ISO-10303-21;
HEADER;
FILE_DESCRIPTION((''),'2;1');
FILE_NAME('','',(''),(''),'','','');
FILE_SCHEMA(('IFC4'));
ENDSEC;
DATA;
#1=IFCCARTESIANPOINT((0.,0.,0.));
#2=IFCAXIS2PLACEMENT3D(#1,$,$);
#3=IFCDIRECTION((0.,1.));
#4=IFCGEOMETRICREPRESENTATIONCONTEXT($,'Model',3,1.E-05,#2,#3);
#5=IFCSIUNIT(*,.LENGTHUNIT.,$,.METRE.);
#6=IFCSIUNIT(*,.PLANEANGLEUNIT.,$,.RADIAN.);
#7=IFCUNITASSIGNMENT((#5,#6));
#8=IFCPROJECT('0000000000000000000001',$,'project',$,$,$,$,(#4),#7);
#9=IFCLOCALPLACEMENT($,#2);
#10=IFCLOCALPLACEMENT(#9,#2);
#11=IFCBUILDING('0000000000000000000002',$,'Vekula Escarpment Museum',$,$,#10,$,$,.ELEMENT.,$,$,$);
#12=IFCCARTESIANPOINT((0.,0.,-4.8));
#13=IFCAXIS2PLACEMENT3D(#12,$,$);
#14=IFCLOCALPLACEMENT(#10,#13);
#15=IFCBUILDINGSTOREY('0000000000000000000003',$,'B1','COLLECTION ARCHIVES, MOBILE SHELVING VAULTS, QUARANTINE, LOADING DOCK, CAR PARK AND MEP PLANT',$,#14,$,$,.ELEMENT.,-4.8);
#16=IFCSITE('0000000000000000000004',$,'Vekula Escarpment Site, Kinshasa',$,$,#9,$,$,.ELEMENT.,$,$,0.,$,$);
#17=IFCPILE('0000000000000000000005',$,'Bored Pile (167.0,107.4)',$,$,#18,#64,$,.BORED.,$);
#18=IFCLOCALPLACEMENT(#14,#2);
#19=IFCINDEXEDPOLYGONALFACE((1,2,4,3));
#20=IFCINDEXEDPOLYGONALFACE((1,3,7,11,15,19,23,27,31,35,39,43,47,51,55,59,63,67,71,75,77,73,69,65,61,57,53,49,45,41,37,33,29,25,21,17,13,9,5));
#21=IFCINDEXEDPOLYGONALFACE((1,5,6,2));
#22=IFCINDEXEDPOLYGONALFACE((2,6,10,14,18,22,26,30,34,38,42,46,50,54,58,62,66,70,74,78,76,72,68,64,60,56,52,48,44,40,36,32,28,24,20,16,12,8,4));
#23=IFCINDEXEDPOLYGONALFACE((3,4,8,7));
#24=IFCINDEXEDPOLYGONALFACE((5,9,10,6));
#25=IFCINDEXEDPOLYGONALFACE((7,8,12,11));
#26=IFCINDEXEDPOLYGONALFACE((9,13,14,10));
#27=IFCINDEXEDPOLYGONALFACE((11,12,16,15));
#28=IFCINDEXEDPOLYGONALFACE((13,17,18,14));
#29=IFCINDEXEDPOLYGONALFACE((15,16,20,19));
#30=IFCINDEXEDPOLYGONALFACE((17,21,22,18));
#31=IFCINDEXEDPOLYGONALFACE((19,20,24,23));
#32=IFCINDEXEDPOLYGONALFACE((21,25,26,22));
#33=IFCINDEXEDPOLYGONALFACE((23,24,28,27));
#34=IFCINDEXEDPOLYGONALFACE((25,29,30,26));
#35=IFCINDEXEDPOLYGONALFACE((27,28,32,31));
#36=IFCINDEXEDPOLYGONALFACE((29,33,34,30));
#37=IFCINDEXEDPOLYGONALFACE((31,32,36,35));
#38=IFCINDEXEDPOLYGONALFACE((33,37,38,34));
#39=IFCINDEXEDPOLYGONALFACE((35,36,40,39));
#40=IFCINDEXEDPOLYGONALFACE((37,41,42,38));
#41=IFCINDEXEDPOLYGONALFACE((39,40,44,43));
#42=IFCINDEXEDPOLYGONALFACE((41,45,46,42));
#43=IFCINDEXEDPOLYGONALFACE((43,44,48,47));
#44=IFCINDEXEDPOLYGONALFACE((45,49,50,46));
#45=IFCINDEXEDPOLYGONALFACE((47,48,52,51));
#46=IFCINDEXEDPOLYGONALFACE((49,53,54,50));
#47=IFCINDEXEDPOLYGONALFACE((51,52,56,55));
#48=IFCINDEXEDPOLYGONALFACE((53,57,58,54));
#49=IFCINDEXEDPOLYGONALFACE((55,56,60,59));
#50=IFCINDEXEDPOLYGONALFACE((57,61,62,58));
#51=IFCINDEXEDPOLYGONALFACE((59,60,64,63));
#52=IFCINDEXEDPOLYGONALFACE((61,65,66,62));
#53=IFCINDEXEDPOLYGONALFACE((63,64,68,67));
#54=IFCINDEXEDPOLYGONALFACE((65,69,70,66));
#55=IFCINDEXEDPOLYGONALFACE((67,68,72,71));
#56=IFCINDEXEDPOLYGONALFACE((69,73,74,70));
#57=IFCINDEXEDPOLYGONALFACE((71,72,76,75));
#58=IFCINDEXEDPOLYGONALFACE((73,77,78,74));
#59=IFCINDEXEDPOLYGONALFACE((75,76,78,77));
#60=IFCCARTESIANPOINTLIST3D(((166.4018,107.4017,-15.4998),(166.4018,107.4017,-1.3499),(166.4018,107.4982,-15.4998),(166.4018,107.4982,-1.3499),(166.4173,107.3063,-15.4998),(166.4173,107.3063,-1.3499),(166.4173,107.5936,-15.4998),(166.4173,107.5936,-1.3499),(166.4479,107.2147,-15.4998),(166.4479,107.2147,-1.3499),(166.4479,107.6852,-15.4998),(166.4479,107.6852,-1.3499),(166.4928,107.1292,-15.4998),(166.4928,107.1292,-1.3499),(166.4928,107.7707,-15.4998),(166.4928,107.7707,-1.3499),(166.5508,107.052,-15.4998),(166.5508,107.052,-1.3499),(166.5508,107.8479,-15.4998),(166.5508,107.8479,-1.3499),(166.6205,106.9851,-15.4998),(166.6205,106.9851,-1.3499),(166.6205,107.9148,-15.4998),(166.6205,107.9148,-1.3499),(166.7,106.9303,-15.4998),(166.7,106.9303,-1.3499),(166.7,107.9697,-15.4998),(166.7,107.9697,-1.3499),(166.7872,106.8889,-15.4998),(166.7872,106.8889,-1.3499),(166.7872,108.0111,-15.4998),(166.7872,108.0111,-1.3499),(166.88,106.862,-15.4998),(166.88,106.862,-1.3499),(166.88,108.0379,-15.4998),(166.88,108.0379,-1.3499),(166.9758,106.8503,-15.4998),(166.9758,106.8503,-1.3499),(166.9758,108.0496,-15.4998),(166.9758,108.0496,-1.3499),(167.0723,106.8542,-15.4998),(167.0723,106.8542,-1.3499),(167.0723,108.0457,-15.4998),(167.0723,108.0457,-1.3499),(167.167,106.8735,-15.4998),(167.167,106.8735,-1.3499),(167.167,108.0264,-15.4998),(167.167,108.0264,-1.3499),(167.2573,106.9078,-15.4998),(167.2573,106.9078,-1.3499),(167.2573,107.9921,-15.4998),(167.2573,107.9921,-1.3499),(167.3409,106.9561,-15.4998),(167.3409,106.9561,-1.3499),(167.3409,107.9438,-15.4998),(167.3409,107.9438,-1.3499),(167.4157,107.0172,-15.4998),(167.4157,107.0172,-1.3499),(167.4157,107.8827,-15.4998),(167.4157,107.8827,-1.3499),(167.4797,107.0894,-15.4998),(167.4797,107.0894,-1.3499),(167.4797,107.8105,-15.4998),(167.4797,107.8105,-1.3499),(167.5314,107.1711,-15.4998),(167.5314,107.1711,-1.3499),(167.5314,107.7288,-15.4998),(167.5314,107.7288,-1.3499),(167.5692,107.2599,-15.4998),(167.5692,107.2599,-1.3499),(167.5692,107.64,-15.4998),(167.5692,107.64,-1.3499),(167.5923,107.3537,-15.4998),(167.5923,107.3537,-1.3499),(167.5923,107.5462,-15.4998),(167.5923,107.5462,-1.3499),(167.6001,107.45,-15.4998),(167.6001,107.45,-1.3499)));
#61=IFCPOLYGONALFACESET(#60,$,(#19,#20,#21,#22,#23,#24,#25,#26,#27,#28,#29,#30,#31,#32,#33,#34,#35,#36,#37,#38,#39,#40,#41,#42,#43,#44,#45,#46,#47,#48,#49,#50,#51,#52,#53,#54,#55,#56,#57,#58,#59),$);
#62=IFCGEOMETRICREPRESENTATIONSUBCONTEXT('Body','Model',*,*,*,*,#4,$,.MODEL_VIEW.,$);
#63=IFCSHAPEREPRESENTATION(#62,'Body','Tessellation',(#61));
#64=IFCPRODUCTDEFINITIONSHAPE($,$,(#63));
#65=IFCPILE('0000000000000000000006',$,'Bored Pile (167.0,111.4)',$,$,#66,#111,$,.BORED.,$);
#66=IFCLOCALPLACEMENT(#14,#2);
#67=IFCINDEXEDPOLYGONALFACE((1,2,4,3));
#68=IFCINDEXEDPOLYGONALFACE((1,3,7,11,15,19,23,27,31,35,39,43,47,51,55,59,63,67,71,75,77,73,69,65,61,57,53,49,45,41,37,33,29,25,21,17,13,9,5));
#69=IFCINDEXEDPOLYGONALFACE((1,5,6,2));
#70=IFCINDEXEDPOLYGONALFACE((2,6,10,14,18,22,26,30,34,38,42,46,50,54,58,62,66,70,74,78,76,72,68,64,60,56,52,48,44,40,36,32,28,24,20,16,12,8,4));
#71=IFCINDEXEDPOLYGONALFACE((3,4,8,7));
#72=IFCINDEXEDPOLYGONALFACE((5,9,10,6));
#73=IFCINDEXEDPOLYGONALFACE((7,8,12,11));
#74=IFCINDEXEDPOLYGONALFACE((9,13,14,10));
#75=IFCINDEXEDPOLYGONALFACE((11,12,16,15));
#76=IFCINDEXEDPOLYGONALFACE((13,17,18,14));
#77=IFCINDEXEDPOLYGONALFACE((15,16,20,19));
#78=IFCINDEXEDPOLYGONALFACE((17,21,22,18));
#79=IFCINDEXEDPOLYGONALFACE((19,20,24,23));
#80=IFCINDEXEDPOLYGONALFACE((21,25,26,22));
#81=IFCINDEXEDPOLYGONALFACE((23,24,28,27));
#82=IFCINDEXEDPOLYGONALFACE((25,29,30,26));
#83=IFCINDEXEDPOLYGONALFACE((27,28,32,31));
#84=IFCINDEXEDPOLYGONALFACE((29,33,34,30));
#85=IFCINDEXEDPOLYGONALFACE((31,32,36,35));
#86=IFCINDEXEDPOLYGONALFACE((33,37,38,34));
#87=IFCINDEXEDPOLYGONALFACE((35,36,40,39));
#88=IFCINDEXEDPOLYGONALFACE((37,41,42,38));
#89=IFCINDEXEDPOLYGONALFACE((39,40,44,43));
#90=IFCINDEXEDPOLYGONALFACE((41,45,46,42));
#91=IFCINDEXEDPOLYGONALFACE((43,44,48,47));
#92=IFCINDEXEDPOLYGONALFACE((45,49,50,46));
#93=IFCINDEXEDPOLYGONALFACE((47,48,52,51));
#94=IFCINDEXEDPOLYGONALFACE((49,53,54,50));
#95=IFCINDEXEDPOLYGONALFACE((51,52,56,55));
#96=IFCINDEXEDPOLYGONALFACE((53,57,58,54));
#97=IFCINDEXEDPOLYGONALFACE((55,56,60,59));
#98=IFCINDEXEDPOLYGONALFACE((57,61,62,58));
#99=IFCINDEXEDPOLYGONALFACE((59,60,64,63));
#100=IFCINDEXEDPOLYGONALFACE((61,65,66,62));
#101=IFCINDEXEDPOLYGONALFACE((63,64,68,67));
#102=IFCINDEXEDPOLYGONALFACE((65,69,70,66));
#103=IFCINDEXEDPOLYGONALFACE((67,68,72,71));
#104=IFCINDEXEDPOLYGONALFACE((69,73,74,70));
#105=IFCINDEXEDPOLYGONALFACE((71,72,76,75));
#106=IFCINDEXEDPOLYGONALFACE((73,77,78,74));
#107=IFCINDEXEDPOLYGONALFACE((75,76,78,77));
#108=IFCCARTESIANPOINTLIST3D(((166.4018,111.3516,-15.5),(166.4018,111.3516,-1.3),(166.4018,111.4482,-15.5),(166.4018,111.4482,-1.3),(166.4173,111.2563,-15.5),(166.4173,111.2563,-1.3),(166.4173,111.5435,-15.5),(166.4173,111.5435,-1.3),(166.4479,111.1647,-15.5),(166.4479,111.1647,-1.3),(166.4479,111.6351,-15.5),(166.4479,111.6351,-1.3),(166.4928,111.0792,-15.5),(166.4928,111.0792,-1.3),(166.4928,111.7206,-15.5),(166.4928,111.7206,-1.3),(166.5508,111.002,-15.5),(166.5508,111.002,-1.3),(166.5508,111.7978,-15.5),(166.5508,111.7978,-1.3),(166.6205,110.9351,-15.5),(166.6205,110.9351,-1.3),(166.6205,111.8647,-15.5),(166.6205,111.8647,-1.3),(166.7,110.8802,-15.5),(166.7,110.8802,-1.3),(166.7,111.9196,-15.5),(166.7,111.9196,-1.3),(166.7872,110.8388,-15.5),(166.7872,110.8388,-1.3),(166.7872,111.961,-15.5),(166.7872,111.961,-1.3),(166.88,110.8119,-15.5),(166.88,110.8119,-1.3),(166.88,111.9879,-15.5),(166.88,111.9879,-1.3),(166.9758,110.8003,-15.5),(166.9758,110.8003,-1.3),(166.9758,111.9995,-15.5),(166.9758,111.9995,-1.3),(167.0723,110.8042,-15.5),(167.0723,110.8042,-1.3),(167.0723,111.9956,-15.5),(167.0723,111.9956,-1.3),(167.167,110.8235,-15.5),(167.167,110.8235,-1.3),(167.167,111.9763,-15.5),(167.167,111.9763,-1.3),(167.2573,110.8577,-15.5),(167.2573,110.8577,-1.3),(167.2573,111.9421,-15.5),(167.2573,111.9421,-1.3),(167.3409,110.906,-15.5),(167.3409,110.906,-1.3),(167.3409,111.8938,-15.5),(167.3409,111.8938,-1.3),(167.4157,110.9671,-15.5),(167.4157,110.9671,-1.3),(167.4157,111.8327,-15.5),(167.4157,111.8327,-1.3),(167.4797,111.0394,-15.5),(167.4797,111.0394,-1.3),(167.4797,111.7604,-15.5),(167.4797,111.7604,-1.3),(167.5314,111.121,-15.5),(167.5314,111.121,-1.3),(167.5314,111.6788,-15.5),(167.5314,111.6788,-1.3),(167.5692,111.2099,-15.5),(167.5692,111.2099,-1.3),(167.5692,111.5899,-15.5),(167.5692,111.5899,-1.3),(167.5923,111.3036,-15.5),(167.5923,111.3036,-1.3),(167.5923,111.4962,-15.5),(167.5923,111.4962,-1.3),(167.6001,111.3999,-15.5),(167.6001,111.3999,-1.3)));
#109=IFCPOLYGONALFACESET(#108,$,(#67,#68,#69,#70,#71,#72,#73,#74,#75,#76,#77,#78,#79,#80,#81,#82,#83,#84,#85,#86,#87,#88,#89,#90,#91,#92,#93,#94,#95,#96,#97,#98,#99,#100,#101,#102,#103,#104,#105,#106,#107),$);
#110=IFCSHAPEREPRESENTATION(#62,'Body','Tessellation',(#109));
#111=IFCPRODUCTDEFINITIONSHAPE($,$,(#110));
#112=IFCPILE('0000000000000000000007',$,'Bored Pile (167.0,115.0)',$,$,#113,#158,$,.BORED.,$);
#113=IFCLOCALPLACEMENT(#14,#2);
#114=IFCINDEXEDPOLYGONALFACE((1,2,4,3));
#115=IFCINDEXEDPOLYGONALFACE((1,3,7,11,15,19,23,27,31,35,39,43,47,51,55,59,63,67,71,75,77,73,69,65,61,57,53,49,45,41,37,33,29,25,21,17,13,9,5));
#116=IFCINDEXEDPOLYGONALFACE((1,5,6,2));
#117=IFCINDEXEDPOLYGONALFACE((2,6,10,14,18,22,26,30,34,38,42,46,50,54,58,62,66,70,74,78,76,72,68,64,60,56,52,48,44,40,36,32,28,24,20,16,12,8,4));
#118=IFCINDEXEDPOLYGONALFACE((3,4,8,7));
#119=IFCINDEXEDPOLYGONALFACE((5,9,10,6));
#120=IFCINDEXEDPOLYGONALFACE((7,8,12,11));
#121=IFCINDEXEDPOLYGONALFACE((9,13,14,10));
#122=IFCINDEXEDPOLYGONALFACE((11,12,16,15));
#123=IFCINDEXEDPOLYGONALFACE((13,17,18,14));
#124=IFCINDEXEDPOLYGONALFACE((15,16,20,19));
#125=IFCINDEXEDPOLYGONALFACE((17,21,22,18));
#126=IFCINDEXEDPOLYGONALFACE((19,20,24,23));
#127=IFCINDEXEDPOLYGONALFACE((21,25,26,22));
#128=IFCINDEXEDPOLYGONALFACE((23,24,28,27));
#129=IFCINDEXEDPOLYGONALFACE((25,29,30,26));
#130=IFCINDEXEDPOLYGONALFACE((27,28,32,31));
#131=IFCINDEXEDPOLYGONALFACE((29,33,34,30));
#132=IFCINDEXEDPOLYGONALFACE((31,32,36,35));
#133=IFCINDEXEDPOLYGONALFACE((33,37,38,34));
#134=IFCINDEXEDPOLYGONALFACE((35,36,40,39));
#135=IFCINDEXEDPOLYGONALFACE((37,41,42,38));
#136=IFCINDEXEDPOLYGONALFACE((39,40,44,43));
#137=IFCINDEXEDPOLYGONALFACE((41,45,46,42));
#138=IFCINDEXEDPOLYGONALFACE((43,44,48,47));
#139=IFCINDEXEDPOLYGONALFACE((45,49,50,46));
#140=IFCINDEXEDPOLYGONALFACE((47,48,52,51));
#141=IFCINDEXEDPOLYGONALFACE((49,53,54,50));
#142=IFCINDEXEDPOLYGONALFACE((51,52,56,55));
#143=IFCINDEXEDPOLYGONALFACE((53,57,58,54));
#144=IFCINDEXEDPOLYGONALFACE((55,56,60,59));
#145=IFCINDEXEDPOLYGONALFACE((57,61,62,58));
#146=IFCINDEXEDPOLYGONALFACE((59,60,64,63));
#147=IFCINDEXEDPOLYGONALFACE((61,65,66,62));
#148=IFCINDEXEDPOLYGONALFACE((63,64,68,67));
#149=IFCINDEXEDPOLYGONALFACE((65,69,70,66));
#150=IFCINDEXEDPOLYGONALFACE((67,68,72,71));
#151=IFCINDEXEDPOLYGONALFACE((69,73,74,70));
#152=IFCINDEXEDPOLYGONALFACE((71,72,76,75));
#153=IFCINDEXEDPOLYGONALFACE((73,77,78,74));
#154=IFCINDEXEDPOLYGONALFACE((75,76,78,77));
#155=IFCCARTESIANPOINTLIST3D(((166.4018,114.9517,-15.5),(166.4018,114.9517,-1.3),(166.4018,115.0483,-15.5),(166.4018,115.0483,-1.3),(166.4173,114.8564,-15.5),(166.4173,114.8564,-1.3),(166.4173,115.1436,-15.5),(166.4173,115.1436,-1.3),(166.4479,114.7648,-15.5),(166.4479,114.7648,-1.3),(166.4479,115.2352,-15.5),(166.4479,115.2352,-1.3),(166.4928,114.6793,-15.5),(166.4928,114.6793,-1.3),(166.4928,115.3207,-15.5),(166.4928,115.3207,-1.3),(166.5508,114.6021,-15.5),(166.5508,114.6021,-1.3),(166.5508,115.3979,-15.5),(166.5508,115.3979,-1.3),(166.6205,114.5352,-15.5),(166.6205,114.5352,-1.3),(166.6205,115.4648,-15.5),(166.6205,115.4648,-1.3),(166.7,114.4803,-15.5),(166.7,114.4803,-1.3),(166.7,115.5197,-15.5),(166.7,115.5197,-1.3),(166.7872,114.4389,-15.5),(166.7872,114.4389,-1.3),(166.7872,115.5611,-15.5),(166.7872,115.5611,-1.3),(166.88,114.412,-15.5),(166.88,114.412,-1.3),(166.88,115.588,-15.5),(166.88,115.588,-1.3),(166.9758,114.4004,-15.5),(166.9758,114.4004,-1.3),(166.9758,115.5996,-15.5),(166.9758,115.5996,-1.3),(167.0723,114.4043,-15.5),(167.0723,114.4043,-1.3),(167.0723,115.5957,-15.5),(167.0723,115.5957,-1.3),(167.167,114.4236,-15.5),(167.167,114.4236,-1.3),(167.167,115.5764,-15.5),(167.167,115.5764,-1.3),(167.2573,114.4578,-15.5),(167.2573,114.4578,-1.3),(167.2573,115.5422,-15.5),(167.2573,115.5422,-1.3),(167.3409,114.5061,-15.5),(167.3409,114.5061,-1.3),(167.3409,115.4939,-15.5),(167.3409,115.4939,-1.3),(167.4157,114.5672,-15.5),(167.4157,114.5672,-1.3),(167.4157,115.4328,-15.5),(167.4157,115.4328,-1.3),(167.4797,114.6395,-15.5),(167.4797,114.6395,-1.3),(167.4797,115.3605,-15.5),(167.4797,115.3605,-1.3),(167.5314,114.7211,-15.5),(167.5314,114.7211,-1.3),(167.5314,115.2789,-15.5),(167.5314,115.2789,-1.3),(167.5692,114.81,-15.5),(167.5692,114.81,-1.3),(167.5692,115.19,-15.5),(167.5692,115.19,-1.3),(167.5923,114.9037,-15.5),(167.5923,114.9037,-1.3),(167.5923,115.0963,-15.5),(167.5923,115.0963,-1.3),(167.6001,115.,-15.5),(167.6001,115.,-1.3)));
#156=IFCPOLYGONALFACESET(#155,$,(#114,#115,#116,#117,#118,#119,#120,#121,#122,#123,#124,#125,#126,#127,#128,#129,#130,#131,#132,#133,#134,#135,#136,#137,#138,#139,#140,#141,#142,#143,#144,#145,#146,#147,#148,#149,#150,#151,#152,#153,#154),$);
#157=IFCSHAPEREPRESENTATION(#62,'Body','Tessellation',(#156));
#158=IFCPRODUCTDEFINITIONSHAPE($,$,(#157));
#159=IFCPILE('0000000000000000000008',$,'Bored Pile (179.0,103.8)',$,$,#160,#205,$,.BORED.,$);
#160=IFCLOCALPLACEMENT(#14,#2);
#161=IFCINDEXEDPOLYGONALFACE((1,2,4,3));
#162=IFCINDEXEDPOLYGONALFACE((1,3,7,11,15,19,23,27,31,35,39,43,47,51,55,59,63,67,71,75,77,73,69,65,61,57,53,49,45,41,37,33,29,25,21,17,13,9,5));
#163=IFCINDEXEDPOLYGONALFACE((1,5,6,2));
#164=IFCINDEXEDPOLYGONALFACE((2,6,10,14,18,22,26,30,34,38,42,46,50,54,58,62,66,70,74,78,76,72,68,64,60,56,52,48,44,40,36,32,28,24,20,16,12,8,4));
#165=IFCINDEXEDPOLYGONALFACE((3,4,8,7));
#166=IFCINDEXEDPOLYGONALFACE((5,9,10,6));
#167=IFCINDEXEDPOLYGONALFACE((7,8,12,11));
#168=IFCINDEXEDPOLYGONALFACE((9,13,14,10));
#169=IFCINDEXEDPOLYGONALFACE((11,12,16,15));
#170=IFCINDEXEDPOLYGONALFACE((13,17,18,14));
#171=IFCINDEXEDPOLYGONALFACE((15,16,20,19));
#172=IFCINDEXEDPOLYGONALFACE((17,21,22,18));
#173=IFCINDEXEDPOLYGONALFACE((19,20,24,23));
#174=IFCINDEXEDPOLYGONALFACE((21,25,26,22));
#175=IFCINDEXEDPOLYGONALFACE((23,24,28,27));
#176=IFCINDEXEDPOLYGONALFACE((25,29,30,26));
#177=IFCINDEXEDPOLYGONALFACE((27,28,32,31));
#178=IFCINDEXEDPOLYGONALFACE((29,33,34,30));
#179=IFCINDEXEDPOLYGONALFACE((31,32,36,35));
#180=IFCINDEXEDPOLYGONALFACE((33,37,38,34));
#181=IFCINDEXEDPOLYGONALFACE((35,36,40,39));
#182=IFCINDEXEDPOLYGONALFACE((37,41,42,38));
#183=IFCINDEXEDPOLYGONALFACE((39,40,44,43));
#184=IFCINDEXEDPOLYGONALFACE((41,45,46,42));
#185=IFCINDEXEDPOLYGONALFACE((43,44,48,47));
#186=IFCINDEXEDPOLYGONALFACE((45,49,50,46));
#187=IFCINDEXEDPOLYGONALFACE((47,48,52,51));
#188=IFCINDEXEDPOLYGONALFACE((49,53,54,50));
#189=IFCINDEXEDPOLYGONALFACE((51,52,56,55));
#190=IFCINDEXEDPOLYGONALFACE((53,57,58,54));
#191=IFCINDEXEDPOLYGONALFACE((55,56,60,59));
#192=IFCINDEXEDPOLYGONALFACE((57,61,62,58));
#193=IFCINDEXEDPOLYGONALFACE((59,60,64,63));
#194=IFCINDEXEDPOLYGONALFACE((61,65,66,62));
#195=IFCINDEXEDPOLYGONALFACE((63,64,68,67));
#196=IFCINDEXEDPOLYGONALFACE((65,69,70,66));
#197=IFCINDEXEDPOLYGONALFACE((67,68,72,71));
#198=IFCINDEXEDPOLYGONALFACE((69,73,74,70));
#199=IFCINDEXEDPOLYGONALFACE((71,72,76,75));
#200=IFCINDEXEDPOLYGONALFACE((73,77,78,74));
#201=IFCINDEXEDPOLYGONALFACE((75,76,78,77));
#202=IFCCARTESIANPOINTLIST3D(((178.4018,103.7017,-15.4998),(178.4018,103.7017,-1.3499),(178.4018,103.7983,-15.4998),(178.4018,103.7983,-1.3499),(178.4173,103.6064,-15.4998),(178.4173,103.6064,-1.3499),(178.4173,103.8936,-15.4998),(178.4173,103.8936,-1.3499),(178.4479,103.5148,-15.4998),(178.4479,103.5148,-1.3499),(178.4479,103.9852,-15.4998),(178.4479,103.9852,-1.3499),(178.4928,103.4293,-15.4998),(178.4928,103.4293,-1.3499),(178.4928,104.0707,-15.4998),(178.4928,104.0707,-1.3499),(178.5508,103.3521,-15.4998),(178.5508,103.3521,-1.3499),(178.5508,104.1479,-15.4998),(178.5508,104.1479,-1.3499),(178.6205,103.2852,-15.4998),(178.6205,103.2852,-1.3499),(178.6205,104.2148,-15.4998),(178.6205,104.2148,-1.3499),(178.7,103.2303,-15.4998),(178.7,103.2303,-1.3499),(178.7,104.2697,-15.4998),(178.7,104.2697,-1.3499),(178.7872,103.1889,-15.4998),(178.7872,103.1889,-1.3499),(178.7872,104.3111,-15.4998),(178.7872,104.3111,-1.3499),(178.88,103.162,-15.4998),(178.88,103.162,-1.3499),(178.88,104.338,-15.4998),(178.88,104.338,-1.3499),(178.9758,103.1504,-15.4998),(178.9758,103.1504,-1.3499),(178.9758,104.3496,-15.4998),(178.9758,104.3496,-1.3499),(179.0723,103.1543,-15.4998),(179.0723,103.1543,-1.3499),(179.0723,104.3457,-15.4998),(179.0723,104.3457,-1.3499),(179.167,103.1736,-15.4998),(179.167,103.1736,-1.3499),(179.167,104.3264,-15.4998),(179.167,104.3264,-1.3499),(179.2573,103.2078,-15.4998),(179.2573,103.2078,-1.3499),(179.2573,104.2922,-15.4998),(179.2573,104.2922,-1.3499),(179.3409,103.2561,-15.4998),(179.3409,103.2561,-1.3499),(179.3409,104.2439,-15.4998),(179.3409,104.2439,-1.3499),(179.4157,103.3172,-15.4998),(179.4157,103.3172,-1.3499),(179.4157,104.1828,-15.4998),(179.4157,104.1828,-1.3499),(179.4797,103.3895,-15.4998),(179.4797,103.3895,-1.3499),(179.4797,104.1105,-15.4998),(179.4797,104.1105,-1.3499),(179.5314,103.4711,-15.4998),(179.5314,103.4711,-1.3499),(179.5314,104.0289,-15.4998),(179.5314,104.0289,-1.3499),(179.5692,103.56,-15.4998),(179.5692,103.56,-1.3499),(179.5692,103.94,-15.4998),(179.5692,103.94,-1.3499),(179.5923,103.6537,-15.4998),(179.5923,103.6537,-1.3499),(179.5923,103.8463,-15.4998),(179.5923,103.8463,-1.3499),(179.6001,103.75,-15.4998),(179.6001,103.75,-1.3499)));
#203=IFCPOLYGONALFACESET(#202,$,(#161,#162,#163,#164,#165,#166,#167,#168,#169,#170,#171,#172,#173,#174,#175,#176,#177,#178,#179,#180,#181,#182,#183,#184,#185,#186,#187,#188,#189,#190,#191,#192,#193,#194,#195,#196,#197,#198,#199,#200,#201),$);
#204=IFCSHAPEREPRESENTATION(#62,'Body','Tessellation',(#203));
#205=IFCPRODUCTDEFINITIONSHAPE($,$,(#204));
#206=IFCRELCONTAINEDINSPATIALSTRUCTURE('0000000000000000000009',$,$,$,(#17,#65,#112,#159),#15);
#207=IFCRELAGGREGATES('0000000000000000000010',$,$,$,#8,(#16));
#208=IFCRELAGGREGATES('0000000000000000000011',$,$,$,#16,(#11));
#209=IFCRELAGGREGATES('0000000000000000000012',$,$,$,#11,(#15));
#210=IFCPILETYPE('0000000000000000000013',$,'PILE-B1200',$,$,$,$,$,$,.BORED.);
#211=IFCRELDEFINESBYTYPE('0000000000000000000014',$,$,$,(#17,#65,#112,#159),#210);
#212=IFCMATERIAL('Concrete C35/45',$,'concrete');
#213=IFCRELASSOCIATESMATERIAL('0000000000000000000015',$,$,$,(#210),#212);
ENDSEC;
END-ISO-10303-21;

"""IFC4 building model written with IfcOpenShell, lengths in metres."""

from ifc_helpers import new_model, si_unit, direction, frame, origin, origin_2d, place, context, subcontext, project, spatial, circle, extrude, material, material_profile, profile_set, type_object, element, save


model = new_model("IFC4")

# Units and contexts
model_context = context("Model", 3, precision=1e-05, world=origin(), true_north=direction((0.0, 1.0)))
body_context = subcontext(model_context, "Body", "Model", "MODEL_VIEW")
ifc_project = project(units=[si_unit("LENGTHUNIT", "METRE"), si_unit("PLANEANGLEUNIT", "RADIAN")], contexts=[model_context])

# Site, building, storey
site_placement = place(None, origin())
site = spatial("IfcSite", under=ifc_project, at=site_placement, Name="Vekula Escarpment Site, Kinshasa", CompositionType="ELEMENT", RefElevation=0.0)
building_placement = place(site_placement, origin())
building = spatial("IfcBuilding", under=site, at=building_placement, Name="Vekula Escarpment Museum", CompositionType="ELEMENT")
storey_placement = place(building_placement, frame((0.0, 0.0, -4.8)))
storey = spatial("IfcBuildingStorey", under=building, at=storey_placement, Name="B1", Description="COLLECTION ARCHIVES, MOBILE SHELVING VAULTS, QUARANTINE, LOADING DOCK, CAR PARK AND MEP PLANT", CompositionType="ELEMENT", Elevation=-4.8)

# Piles
ifc_material_1 = material(Name="Concrete C35/45", Category="concrete")
ifc_material_profile_1 = material_profile(ifc_material_1, circle(Radius=0.6001, at=origin_2d()), Name="BORED PILE 1200")
ifc_profile_set_1 = profile_set([ifc_material_profile_1], Name="Concrete C35/45")
pile_type = type_object("IfcPileType", Name="PILE-B1200", PredefinedType="BORED", material=ifc_profile_set_1)
for number, where, z_axis, x_axis, name in (
    (1, (167.0, 107.45, -1.3499), (0.0, 0.0, -1.0), (1.0, 0.0, 0.0), "Bored Pile (167.0,107.4)"),
):
    element("IfcPile", number, at=place(storey_placement, frame(where, z_axis=z_axis, x_axis=x_axis)), inside=storey, type_object=pile_type, Name=name, PredefinedType="BORED", context=body_context, shape_type="SweptSolid", body=[
        extrude(circle(Radius=0.6001, at=origin_2d()), origin(), (0.0, 0.0, 1.0), 14.1499),
    ])
for number, where, z_axis, x_axis, name in (
    (2, (167.0, 111.3999, -1.3), (0.0, 0.0, -1.0), (1.0, 0.0, 0.0), "Bored Pile (167.0,111.4)"),
    (3, (167.0, 115.0, -1.3), (0.0, 0.0, -1.0), (1.0, 0.0, 0.0), "Bored Pile (167.0,115.0)"),
):
    element("IfcPile", number, at=place(storey_placement, frame(where, z_axis=z_axis, x_axis=x_axis)), inside=storey, type_object=pile_type, Name=name, PredefinedType="BORED", context=body_context, shape_type="SweptSolid", body=[
        extrude(circle(Radius=0.6001, at=origin_2d()), origin(), (0.0, 0.0, 1.0), 14.2),
    ])
for number, where, z_axis, x_axis, name in (
    (4, (179.0, 103.75, -1.3499), (0.0, 0.0, -1.0), (1.0, 0.0, 0.0), "Bored Pile (179.0,103.8)"),
):
    element("IfcPile", number, at=place(storey_placement, frame(where, z_axis=z_axis, x_axis=x_axis)), inside=storey, type_object=pile_type, Name=name, PredefinedType="BORED", context=body_context, shape_type="SweptSolid", body=[
        extrude(circle(Radius=0.6001, at=origin_2d()), origin(), (0.0, 0.0, 1.0), 14.1499),
    ])

save(model, "model.ifc")
